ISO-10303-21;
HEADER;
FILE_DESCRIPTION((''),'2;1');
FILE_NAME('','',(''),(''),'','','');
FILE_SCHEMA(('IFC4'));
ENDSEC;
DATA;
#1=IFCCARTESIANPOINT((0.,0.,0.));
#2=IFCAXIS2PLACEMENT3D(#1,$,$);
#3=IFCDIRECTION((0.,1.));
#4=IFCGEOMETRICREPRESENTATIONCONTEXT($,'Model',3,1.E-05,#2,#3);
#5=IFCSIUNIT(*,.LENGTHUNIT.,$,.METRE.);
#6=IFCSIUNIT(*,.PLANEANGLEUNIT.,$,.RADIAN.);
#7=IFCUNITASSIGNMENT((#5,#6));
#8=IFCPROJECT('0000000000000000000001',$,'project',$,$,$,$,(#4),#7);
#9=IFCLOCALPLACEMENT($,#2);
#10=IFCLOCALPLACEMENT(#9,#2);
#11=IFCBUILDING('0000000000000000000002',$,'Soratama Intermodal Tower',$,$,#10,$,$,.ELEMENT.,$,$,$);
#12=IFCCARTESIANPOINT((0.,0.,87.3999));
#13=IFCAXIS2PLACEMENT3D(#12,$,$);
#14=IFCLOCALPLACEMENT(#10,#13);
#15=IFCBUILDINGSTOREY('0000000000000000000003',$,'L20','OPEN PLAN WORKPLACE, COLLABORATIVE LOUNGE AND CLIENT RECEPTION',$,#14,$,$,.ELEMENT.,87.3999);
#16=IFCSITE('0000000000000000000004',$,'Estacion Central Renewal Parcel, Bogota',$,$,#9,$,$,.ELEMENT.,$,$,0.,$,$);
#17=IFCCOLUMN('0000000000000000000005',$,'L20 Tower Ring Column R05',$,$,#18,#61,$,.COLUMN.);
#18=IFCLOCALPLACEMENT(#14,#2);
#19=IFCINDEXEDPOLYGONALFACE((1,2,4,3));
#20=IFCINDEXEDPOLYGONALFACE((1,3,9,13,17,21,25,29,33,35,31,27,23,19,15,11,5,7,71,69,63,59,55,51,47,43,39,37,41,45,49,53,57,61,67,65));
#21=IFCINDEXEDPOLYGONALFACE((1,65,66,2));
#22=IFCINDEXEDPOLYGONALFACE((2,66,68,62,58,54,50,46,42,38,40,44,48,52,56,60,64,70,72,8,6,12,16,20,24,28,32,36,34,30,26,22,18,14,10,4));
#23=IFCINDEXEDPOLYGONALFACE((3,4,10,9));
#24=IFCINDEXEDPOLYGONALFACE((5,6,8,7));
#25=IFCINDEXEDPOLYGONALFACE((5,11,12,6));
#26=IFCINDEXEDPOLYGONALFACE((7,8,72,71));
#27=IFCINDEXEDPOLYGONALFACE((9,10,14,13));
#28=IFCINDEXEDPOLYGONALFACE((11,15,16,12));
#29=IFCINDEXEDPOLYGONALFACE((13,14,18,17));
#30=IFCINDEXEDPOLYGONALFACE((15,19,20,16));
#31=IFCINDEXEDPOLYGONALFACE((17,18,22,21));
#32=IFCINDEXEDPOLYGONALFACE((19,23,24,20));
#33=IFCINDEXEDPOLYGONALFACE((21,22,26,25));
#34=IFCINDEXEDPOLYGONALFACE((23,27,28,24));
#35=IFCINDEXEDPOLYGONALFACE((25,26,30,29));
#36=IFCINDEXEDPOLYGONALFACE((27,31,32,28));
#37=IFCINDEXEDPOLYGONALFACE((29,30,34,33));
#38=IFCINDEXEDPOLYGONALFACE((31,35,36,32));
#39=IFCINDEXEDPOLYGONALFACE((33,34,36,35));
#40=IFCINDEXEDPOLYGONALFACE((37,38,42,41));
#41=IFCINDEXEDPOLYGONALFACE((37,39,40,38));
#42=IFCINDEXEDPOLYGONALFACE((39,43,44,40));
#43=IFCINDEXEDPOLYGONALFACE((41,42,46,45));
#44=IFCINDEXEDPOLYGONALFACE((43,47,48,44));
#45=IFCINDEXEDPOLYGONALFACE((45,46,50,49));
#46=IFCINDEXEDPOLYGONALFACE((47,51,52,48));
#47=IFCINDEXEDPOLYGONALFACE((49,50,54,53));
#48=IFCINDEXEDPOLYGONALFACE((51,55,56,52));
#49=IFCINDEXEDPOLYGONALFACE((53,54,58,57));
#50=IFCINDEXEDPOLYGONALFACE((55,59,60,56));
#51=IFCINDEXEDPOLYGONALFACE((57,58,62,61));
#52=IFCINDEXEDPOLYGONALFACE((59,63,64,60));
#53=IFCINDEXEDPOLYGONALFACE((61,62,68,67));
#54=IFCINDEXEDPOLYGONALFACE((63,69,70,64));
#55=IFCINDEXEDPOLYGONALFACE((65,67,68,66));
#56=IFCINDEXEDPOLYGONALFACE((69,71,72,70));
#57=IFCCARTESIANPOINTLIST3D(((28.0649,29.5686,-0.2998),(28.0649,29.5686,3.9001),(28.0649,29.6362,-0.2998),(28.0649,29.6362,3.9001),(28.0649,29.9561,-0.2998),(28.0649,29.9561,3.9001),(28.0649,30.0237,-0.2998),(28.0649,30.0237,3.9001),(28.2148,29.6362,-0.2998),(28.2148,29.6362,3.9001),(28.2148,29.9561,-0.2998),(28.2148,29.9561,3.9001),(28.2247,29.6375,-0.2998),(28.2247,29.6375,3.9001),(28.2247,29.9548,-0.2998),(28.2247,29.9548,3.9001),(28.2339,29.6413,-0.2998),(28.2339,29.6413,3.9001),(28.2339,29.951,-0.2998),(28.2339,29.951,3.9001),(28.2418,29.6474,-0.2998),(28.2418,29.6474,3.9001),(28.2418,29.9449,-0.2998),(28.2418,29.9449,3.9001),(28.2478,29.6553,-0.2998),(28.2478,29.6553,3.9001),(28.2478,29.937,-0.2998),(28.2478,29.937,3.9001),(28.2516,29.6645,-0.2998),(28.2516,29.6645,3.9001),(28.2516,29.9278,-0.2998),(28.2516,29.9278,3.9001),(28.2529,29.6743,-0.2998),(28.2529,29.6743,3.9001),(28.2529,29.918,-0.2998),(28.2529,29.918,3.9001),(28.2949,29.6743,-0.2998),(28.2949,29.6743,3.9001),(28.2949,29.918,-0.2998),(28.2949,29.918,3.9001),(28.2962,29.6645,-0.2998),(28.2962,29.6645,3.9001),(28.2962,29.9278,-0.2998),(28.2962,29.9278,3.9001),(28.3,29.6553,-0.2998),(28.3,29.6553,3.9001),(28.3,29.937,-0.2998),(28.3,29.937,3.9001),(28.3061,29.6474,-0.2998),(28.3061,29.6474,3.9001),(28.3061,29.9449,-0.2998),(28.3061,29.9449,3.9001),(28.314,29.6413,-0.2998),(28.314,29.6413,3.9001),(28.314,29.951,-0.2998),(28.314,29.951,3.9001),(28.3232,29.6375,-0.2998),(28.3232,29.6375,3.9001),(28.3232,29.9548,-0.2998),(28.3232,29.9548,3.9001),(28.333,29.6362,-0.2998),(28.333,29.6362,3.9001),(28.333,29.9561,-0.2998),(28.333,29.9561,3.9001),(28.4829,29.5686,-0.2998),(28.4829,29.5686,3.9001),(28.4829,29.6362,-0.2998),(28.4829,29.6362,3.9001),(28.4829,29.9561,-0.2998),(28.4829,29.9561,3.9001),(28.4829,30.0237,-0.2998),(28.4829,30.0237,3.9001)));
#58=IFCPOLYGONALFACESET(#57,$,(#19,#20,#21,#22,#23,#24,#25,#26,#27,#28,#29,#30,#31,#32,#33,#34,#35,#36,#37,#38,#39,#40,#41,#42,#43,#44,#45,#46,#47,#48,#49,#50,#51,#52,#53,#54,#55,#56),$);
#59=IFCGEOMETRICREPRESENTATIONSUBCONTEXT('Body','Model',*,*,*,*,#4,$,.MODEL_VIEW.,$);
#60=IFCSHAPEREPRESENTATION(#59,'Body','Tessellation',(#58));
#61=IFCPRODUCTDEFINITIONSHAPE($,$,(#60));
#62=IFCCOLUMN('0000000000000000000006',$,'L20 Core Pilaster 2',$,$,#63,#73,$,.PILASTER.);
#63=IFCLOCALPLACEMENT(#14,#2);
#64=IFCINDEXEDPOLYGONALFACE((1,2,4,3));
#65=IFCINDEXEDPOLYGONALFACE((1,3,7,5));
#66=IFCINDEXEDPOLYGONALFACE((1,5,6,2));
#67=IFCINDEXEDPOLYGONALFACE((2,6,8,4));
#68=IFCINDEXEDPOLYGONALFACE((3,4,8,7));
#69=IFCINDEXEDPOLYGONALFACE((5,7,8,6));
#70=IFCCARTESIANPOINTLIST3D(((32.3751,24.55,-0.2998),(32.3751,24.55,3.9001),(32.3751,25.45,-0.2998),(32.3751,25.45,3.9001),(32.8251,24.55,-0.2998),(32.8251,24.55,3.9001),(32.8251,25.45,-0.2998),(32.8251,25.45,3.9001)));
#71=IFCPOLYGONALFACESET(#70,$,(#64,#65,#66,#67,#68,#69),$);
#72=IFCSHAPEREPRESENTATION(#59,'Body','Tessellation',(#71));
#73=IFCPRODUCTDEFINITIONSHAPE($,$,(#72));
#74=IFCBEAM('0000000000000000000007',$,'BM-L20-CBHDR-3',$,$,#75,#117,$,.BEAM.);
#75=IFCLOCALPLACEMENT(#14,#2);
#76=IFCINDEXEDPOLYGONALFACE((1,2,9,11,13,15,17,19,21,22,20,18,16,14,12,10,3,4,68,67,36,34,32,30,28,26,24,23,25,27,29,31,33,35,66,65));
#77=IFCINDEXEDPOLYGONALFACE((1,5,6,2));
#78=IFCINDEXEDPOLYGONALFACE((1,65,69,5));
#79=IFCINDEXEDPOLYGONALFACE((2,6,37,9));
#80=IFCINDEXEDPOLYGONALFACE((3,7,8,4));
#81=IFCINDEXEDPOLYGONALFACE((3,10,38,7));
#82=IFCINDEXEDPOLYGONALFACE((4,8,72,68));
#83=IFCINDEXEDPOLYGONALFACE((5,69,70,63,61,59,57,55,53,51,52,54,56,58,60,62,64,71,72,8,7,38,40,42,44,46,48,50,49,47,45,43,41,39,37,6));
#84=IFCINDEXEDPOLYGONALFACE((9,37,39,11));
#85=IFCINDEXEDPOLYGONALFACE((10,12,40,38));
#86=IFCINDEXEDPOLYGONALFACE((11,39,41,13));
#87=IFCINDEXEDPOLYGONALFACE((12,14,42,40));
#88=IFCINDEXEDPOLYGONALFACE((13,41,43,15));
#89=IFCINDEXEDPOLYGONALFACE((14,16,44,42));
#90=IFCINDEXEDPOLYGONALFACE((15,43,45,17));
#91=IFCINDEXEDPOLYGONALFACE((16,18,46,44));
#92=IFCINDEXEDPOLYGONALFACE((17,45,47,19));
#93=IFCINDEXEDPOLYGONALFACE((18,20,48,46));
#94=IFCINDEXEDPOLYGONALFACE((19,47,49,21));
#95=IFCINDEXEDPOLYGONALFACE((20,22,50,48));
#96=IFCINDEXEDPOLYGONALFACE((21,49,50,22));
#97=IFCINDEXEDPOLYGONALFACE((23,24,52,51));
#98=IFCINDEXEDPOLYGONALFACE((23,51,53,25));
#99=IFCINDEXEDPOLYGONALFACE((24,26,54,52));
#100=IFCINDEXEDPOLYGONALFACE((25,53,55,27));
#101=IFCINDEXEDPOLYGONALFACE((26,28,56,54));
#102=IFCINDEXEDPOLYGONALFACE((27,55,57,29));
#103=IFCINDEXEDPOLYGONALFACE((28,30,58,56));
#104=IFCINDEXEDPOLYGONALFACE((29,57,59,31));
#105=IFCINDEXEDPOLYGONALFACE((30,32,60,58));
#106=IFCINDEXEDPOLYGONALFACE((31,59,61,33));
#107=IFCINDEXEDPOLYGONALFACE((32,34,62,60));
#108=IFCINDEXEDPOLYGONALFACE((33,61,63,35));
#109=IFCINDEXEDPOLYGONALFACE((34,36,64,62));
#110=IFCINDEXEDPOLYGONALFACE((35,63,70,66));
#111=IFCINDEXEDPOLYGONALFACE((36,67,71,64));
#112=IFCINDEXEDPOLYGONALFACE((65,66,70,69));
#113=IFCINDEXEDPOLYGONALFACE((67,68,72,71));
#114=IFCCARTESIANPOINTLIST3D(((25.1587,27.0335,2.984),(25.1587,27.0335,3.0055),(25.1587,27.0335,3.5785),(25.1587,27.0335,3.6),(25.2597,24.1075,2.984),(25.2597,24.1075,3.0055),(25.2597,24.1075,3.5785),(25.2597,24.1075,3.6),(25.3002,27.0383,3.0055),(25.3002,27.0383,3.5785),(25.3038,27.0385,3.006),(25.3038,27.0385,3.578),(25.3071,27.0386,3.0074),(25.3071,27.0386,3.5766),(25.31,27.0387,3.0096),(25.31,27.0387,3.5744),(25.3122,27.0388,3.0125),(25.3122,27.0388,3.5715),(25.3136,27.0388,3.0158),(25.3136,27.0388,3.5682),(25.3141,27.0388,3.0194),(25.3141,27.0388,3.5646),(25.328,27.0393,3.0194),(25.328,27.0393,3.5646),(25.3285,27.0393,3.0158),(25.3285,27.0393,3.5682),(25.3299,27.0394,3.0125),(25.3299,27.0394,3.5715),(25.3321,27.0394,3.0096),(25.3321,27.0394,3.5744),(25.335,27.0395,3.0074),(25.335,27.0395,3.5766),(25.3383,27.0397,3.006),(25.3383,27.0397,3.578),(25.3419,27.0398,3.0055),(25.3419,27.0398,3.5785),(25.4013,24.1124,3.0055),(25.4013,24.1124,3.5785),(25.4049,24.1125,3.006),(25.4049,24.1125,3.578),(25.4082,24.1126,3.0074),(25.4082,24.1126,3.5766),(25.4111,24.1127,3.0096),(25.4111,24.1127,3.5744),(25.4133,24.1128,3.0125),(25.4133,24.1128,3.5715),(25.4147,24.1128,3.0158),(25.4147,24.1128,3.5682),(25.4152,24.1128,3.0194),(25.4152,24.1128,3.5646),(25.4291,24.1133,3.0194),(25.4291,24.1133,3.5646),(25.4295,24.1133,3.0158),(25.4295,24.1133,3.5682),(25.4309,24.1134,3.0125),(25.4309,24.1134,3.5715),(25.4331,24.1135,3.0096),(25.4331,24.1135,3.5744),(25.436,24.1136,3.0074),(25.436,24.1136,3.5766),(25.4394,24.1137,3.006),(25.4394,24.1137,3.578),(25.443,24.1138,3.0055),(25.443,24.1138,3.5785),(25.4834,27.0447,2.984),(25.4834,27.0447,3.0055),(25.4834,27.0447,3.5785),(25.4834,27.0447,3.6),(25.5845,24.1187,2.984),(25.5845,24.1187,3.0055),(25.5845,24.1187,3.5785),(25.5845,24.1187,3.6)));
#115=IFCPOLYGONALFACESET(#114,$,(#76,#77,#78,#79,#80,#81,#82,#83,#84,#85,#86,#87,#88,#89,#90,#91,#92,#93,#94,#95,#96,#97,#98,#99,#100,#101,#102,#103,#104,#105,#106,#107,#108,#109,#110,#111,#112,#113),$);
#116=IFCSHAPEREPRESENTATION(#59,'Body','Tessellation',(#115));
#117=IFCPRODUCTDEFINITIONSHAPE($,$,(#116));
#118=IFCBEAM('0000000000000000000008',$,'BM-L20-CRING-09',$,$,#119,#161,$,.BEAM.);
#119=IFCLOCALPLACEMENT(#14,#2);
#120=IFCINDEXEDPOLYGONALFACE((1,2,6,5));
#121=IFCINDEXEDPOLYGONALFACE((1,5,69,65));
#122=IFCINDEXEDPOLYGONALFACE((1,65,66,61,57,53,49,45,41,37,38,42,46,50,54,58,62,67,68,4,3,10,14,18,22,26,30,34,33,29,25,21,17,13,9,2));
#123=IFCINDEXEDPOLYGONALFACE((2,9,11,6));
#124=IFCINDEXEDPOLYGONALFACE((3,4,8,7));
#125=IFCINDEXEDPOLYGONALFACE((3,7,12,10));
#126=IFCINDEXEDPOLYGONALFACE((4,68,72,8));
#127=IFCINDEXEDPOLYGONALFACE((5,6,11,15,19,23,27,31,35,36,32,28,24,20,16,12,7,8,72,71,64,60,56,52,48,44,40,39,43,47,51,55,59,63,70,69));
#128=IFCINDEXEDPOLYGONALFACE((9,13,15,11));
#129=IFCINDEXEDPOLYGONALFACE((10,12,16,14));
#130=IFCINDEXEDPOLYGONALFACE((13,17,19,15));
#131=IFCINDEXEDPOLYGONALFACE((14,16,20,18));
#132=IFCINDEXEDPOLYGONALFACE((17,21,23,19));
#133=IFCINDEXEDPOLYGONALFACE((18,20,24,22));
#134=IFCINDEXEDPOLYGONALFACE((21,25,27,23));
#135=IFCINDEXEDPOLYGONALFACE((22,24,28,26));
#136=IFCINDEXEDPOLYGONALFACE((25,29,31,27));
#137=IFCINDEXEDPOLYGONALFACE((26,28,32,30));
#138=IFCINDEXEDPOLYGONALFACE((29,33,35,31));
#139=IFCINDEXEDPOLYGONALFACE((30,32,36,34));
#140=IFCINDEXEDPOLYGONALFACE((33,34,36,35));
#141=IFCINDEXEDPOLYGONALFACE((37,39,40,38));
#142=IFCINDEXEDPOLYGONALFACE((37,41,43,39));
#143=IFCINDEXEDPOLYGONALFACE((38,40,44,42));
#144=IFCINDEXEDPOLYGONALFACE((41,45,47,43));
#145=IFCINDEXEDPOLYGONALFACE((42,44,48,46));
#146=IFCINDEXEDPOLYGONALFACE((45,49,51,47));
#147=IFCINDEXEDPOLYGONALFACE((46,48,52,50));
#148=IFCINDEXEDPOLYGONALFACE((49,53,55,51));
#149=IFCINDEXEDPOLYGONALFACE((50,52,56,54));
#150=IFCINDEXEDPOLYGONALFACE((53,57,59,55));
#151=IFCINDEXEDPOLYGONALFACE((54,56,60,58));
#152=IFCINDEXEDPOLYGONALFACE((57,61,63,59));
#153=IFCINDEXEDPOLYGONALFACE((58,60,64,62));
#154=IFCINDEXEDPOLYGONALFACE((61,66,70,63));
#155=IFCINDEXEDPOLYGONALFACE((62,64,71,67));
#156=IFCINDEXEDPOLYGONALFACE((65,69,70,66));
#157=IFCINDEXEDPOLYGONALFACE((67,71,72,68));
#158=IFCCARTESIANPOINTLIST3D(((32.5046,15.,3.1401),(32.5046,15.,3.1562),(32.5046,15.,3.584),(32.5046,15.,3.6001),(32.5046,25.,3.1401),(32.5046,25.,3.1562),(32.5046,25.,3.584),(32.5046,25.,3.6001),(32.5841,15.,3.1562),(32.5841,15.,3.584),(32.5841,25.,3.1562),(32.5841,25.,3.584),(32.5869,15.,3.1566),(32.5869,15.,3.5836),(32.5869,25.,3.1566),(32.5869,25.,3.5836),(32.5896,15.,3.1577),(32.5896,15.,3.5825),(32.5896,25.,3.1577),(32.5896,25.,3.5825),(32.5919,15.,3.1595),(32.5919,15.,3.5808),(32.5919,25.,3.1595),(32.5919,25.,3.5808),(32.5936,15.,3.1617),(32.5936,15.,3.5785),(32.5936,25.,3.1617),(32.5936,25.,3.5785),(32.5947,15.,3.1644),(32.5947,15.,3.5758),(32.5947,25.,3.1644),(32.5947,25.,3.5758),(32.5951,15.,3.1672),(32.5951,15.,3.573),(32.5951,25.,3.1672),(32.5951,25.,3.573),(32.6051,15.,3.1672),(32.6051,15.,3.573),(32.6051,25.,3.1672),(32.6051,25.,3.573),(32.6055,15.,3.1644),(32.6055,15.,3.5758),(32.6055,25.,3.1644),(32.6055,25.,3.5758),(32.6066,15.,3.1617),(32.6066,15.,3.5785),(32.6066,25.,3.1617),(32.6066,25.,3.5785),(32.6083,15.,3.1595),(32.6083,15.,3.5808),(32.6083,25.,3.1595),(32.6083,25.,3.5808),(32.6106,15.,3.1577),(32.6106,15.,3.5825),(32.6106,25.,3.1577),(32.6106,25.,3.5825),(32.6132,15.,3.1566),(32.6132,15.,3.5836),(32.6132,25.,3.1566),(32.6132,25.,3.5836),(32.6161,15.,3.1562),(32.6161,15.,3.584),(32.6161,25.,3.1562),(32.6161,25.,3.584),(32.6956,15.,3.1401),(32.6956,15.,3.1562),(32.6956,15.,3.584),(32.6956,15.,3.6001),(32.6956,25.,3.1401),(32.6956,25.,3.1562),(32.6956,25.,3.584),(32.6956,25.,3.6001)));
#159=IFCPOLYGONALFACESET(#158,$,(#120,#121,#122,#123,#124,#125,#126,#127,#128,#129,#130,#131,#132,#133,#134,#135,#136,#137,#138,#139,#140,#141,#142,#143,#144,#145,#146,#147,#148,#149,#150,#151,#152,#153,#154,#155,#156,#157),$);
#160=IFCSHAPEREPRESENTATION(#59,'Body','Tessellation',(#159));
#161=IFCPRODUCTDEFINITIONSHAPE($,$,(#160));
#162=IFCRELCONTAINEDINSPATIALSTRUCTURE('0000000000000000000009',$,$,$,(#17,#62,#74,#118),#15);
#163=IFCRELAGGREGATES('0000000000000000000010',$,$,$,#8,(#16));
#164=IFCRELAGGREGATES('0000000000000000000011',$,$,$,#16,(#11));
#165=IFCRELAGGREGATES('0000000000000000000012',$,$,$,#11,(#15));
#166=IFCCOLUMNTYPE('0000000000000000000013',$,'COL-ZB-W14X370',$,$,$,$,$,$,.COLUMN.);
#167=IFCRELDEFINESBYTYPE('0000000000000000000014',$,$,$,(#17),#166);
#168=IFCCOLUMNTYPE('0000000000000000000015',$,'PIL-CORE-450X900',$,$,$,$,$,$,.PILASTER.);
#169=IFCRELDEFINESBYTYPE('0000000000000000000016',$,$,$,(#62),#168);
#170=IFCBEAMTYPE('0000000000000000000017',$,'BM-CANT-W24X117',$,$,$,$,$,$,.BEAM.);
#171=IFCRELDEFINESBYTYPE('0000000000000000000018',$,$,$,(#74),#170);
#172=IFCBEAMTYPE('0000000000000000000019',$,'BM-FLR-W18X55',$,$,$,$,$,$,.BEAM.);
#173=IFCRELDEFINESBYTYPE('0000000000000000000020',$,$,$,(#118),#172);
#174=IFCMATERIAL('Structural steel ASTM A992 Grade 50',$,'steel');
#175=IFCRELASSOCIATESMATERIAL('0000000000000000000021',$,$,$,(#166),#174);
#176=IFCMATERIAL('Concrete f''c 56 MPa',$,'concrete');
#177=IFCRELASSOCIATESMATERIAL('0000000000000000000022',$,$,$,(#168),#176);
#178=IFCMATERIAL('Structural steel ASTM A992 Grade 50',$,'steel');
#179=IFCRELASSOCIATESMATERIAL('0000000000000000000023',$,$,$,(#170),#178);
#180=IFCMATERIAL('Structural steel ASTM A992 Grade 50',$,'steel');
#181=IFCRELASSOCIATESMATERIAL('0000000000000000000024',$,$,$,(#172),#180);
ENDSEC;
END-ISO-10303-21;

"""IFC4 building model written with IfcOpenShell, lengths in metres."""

from ifc_helpers import new_model, si_unit, direction, frame, origin, origin_2d, place, context, subcontext, project, spatial, rectangle, i_section, extrude, material, material_profile, profile_set, type_object, element, save


model = new_model("IFC4")

# Units and contexts
model_context = context("Model", 3, precision=1e-05, world=origin(), true_north=direction((0.0, 1.0)))
body_context = subcontext(model_context, "Body", "Model", "MODEL_VIEW")
ifc_project = project(units=[si_unit("LENGTHUNIT", "METRE"), si_unit("PLANEANGLEUNIT", "RADIAN")], contexts=[model_context])

# Site, building, storey
site_placement = place(None, origin())
site = spatial("IfcSite", under=ifc_project, at=site_placement, Name="Estacion Central Renewal Parcel, Bogota", CompositionType="ELEMENT", RefElevation=0.0)
building_placement = place(site_placement, origin())
building = spatial("IfcBuilding", under=site, at=building_placement, Name="Soratama Intermodal Tower", CompositionType="ELEMENT")
storey_placement = place(building_placement, frame((0.0, 0.0, 87.3999)))
storey = spatial("IfcBuildingStorey", under=building, at=storey_placement, Name="L20", Description="OPEN PLAN WORKPLACE, COLLABORATIVE LOUNGE AND CLIENT RECEPTION", CompositionType="ELEMENT", Elevation=87.3999)

# Columns
ifc_material_1 = material(Name="Structural steel ASTM A992 Grade 50", Category="steel")
ifc_material_profile_1 = material_profile(ifc_material_1, i_section(OverallWidth=0.418, OverallDepth=0.4551, WebThickness=0.042, FlangeThickness=0.0676, FilletRadius=0.0381, at=origin_2d()), Name="W14X370")
ifc_profile_set_1 = profile_set([ifc_material_profile_1], Name="Structural steel ASTM A992 Grade 50")
column_type_1 = type_object("IfcColumnType", Name="COL-ZB-W14X370", PredefinedType="COLUMN", material=ifc_profile_set_1)
column_1_placement = place(storey_placement, frame((28.2739, 29.7961, -0.2998), z_axis=(0.0, 0.0, 1.0), x_axis=(1.0, 0.0, 0.0)))
element("IfcColumn", 1, at=column_1_placement, inside=storey, type_object=column_type_1, Name="L20 Tower Ring Column R05", PredefinedType="COLUMN", context=body_context, shape_type="SweptSolid", body=[
    extrude(i_section(OverallWidth=0.418, OverallDepth=0.4551, WebThickness=0.042, FlangeThickness=0.0676, FilletRadius=0.0381, at=origin_2d()), origin(), (0.0, 0.0, 1.0), 4.2),
])
ifc_material_2 = material(Name="Concrete f'c 56 MPa", Category="concrete")
ifc_material_profile_2 = material_profile(ifc_material_2, rectangle(XDim=0.45, YDim=0.8999, at=origin_2d()), Name="RC450X900")
ifc_profile_set_2 = profile_set([ifc_material_profile_2], Name="Concrete f'c 56 MPa")
column_type_2 = type_object("IfcColumnType", Name="PIL-CORE-450X900", PredefinedType="PILASTER", material=ifc_profile_set_2)
column_2_placement = place(storey_placement, frame((32.6001, 25.0, -0.2998), z_axis=(0.0, 0.0, 1.0), x_axis=(1.0, 0.0, 0.0)))
element("IfcColumn", 2, at=column_2_placement, inside=storey, type_object=column_type_2, Name="L20 Core Pilaster 2", PredefinedType="PILASTER", context=body_context, shape_type="SweptSolid", body=[
    extrude(rectangle(XDim=0.45, YDim=0.8999, at=origin_2d()), origin(), (0.0, 0.0, 1.0), 4.2),
])

# Beams
ifc_material_3 = material(Name="Structural steel ASTM A992 Grade 50", Category="steel")
ifc_material_profile_3 = material_profile(ifc_material_3, i_section(OverallWidth=0.325, OverallDepth=0.616, WebThickness=0.0139, FlangeThickness=0.0215, FilletRadius=0.0139, at=origin_2d()), Name="W24X117")
ifc_profile_set_3 = profile_set([ifc_material_profile_3], Name="Structural steel ASTM A992 Grade 50")
beam_type_1 = type_object("IfcBeamType", Name="BM-CANT-W24X117", PredefinedType="BEAM", material=ifc_profile_set_3)
beam_1_placement = place(storey_placement, frame((25.321, 27.0391, 3.292), z_axis=(0.034523, -0.999404, 0.0), x_axis=(0.999404, 0.034523, 0.0)))
element("IfcBeam", 3, at=beam_1_placement, inside=storey, type_object=beam_type_1, Name="BM-L20-CBHDR-3", PredefinedType="BEAM", context=body_context, shape_type="SweptSolid", body=[
    extrude(i_section(OverallWidth=0.325, OverallDepth=0.616, WebThickness=0.0139, FlangeThickness=0.0215, FilletRadius=0.0139, at=origin_2d()), origin(), (0.0, 0.0, 1.0), 2.9277),
])
ifc_material_4 = material(Name="Structural steel ASTM A992 Grade 50", Category="steel")
ifc_material_profile_4 = material_profile(ifc_material_4, i_section(OverallWidth=0.1909, OverallDepth=0.46, WebThickness=0.01, FlangeThickness=0.0161, FilletRadius=0.011, at=origin_2d()), Name="W18X55")
ifc_profile_set_4 = profile_set([ifc_material_profile_4], Name="Structural steel ASTM A992 Grade 50")
beam_type_2 = type_object("IfcBeamType", Name="BM-FLR-W18X55", PredefinedType="BEAM", material=ifc_profile_set_4)
beam_2_placement = place(storey_placement, frame((32.6001, 25.0, 3.3701), z_axis=(0.0, -1.0, 0.0), x_axis=(1.0, 0.0, 0.0)))
element("IfcBeam", 4, at=beam_2_placement, inside=storey, type_object=beam_type_2, Name="BM-L20-CRING-09", PredefinedType="BEAM", context=body_context, shape_type="SweptSolid", body=[
    extrude(i_section(OverallWidth=0.1909, OverallDepth=0.46, WebThickness=0.01, FlangeThickness=0.0161, FilletRadius=0.011, at=origin_2d()), origin(), (0.0, 0.0, 1.0), 10.0),
])

save(model, "model.ifc")
